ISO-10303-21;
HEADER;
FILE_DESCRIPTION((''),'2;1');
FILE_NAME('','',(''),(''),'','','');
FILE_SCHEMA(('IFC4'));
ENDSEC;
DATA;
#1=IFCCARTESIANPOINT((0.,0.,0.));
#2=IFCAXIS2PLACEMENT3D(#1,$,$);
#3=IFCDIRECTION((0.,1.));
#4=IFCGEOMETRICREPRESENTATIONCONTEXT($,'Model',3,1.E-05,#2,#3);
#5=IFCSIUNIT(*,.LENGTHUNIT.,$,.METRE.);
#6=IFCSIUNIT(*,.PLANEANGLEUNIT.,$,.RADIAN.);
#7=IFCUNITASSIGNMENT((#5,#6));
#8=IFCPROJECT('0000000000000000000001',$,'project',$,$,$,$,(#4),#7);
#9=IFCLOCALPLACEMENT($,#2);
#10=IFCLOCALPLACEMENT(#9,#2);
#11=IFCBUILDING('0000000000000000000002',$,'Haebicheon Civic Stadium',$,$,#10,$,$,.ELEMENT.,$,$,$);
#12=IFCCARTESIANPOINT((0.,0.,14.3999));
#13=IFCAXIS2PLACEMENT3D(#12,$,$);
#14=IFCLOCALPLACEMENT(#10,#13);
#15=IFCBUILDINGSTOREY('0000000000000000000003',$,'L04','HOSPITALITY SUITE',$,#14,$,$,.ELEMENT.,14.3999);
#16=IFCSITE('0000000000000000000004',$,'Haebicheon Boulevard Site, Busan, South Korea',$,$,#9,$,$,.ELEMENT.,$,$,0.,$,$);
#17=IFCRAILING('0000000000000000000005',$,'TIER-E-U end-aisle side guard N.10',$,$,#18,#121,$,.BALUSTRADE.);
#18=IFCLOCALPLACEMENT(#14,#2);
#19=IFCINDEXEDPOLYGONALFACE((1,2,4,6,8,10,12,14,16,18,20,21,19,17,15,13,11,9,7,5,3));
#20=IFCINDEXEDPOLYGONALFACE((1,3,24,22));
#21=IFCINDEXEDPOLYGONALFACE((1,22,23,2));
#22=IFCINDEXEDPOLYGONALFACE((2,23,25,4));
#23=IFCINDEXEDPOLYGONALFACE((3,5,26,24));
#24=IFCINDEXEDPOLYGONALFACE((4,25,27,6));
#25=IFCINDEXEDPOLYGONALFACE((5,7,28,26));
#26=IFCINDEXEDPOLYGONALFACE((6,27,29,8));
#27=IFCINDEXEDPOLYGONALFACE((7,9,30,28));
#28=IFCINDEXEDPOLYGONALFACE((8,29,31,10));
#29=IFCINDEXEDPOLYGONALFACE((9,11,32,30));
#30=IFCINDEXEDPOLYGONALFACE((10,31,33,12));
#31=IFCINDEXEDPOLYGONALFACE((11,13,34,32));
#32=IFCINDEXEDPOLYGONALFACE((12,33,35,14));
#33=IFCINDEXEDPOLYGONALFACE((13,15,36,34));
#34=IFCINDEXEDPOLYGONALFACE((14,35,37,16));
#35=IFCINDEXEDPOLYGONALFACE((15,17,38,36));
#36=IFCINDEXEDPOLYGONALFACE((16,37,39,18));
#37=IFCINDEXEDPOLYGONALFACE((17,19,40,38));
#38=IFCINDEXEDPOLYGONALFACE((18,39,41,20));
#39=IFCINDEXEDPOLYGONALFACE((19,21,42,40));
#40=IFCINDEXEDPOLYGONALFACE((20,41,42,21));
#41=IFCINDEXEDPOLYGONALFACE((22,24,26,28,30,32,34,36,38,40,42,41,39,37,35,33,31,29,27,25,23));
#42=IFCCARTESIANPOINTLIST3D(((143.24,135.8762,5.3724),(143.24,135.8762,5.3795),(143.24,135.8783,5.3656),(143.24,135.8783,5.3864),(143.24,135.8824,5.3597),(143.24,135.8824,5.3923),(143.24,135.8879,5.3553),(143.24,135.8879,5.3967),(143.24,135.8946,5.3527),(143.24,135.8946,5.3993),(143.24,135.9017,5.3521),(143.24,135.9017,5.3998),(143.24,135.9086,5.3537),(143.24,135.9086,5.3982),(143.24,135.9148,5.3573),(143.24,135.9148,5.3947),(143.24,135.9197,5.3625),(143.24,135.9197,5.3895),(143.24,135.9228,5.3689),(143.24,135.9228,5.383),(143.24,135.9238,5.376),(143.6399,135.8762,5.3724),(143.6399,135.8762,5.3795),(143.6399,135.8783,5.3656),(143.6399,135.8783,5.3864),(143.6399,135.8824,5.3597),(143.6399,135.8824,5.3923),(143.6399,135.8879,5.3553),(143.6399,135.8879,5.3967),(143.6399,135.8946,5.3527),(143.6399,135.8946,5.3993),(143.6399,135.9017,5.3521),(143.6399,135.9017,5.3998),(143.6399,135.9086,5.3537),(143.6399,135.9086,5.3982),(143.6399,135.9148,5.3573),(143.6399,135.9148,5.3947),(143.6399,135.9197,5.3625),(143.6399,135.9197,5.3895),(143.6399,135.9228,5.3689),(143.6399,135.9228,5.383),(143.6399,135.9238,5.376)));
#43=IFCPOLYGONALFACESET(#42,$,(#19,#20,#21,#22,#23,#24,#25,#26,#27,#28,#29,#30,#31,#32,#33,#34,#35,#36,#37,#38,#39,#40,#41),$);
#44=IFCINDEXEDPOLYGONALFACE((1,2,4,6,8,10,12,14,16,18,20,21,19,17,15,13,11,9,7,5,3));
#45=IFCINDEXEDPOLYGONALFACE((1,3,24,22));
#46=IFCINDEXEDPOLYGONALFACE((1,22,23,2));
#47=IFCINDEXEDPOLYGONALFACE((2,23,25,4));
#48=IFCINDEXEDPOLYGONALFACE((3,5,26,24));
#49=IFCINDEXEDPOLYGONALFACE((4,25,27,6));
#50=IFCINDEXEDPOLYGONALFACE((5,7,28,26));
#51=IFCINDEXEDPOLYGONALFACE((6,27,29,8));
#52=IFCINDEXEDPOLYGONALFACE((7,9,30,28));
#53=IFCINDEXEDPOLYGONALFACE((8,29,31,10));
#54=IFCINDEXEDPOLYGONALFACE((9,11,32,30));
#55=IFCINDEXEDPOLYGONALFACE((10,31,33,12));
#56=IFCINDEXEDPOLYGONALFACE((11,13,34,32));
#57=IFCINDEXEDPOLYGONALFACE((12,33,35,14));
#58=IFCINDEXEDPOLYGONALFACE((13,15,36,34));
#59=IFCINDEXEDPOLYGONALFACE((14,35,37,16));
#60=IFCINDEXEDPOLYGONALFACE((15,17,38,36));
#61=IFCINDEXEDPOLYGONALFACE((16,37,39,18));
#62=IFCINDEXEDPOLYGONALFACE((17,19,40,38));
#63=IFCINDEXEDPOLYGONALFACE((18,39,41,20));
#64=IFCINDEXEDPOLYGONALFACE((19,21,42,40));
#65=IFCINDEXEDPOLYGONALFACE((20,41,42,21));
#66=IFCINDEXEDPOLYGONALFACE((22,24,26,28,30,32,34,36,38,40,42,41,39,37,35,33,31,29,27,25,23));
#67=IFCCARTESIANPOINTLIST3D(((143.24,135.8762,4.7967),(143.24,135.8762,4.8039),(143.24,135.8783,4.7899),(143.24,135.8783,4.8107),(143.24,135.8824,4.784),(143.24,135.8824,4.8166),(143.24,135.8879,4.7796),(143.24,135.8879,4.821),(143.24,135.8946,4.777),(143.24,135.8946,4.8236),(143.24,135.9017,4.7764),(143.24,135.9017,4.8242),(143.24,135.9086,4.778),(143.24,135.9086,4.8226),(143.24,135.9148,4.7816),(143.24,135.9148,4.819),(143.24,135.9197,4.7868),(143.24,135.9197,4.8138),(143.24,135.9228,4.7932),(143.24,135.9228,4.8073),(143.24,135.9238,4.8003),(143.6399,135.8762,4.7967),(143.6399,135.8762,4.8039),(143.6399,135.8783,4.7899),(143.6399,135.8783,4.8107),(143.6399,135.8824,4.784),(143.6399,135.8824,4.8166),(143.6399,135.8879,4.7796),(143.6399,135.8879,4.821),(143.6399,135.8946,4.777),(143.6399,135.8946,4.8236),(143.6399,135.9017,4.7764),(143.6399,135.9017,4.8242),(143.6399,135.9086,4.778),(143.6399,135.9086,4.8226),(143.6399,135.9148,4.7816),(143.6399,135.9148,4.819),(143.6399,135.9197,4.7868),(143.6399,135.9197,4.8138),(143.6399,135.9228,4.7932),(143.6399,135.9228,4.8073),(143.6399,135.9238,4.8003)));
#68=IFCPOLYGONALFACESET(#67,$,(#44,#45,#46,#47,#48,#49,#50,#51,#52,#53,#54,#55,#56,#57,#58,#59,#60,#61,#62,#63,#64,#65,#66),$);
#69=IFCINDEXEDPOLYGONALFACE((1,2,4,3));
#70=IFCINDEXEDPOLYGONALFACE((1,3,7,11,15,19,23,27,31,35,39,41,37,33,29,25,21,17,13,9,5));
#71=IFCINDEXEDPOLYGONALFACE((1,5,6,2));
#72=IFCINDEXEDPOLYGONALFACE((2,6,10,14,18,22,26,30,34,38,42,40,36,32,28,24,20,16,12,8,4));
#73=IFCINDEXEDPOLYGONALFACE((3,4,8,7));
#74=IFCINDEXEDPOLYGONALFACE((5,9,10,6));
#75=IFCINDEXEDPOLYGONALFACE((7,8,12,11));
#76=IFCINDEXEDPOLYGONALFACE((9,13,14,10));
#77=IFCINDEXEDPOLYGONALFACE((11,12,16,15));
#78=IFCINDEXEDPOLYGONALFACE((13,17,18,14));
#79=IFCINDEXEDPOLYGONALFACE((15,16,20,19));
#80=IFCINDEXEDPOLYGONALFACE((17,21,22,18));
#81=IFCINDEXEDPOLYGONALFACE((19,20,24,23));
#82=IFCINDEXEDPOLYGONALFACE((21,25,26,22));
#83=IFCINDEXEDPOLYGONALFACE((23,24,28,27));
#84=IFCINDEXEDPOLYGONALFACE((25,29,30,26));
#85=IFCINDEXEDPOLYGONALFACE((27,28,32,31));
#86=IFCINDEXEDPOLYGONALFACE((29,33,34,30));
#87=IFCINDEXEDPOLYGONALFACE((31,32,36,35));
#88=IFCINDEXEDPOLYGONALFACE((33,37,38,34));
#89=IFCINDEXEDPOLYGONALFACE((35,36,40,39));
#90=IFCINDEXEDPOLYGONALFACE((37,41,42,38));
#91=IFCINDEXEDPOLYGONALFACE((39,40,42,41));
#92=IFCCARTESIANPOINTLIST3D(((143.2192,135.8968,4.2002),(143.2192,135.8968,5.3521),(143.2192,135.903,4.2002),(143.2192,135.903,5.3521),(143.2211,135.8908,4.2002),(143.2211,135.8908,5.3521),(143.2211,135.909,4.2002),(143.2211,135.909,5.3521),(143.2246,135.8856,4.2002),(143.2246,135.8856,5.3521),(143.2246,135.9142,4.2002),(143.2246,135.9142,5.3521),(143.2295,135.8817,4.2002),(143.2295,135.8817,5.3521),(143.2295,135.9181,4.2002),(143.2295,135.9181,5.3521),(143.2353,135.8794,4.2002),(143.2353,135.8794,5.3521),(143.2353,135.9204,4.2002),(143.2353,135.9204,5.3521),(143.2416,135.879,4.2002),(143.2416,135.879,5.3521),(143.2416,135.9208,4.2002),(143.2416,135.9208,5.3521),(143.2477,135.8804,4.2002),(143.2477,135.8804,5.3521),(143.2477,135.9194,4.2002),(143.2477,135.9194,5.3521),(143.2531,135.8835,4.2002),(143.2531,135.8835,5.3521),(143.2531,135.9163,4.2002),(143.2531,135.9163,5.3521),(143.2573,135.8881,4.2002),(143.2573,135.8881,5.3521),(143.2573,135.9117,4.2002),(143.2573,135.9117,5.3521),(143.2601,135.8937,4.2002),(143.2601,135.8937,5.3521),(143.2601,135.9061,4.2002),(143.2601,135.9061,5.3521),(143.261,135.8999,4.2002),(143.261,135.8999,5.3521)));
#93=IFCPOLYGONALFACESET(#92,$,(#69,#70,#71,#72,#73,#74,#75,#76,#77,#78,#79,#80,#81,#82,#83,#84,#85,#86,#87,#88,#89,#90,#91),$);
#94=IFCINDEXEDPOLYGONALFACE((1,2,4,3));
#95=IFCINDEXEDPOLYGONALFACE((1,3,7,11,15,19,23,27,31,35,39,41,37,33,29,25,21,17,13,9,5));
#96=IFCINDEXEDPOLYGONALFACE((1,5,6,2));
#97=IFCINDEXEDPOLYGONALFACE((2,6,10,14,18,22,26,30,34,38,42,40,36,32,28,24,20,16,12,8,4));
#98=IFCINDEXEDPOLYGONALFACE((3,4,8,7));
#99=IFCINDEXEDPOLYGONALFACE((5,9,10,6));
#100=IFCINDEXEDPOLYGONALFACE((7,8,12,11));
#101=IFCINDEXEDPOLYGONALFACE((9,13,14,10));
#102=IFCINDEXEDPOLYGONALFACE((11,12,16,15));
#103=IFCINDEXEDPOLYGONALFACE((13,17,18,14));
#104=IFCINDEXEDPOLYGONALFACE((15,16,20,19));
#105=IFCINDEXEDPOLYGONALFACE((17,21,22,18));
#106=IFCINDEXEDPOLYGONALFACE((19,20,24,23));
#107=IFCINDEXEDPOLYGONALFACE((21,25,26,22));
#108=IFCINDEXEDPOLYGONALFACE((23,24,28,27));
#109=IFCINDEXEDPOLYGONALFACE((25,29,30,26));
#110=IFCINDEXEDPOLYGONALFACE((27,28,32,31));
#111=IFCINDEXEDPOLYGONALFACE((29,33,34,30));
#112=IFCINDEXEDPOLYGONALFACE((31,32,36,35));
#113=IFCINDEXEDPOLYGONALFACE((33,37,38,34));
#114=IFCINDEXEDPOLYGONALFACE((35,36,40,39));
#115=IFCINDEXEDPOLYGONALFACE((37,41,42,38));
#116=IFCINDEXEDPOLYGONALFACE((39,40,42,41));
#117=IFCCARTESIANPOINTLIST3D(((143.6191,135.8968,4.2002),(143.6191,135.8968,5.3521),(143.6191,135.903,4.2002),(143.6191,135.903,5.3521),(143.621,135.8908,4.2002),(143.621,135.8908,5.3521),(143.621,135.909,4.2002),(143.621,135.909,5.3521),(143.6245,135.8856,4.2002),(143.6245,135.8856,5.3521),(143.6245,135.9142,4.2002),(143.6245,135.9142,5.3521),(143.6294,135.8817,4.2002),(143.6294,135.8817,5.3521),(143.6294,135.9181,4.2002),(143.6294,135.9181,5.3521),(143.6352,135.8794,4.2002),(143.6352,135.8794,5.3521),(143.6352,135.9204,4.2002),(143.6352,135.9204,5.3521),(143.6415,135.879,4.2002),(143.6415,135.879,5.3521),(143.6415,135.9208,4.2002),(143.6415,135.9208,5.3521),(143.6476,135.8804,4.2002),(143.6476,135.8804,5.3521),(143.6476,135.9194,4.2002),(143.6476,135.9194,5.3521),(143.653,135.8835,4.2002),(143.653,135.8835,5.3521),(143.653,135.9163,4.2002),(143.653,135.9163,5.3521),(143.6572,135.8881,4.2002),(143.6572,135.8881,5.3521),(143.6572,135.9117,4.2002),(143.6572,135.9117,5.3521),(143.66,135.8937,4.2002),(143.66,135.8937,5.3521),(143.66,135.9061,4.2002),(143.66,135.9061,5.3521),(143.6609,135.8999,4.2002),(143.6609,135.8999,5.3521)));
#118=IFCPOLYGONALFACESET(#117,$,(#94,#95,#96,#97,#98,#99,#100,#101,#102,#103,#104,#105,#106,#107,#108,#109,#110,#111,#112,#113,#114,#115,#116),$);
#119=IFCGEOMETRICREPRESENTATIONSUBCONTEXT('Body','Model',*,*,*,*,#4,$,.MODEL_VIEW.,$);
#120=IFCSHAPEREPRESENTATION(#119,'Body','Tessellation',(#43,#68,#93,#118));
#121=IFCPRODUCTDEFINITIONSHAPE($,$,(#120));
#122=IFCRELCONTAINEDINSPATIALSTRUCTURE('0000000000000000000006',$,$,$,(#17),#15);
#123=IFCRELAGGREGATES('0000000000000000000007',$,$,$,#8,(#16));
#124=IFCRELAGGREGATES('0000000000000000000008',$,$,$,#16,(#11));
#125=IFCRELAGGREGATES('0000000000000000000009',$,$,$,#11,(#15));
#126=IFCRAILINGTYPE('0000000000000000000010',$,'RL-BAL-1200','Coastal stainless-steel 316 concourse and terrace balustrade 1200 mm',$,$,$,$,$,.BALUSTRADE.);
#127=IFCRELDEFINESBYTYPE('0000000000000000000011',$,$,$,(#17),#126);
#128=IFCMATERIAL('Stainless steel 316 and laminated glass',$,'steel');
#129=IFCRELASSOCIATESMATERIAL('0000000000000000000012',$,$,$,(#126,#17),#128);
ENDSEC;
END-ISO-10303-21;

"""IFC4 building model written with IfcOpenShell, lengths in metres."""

from ifc_helpers import new_model, si_unit, direction, frame, origin, origin_2d, place, context, subcontext, project, spatial, circle, extrude, material, type_object, element, save


model = new_model("IFC4")

# Units and contexts
model_context = context("Model", 3, precision=1e-05, world=origin(), true_north=direction((0.0, 1.0)))
body_context = subcontext(model_context, "Body", "Model", "MODEL_VIEW")
ifc_project = project(units=[si_unit("LENGTHUNIT", "METRE"), si_unit("PLANEANGLEUNIT", "RADIAN")], contexts=[model_context])

# Site, building, storey
site_placement = place(None, origin())
site = spatial("IfcSite", under=ifc_project, at=site_placement, Name="Haebicheon Boulevard Site, Busan, South Korea", CompositionType="ELEMENT", RefElevation=0.0)
building_placement = place(site_placement, origin())
building = spatial("IfcBuilding", under=site, at=building_placement, Name="Haebicheon Civic Stadium", CompositionType="ELEMENT")
storey_placement = place(building_placement, frame((0.0, 0.0, 14.3999)))
storey = spatial("IfcBuildingStorey", under=building, at=storey_placement, Name="L04", Description="HOSPITALITY SUITE", CompositionType="ELEMENT", Elevation=14.3999)

# Railing
ifc_material_1 = material(Name="Stainless steel 316 and laminated glass", Category="steel")
railing_type = type_object("IfcRailingType", Name="RL-BAL-1200", Description="Coastal stainless-steel 316 concourse and terrace balustrade 1200 mm", PredefinedType="BALUSTRADE", material=ifc_material_1)
railing_1_placement = place(storey_placement, frame((143.24, 135.8999, 4.2002)))
element("IfcRailing", 1, at=railing_1_placement, inside=storey, type_object=railing_type, material=ifc_material_1, Name="TIER-E-U end-aisle side guard N.10", PredefinedType="BALUSTRADE", context=body_context, shape_type="SweptSolid", body=[
    extrude(circle(Radius=0.0239, at=origin_2d()), frame((0.0, 0.0, 1.1758), z_axis=(1.0, 0.0, 0.0), x_axis=(0.0, 1.0, 0.0)), (0.0, 0.0, 1.0), 0.3999),
    extrude(circle(Radius=0.0239, at=origin_2d()), frame((0.0, 0.0, 0.6001), z_axis=(1.0, 0.0, 0.0), x_axis=(0.0, 1.0, 0.0)), (0.0, 0.0, 1.0), 0.3999),
    extrude(circle(Radius=0.021, at=origin_2d()), origin(), (0.0, 0.0, 1.0), 1.1519),
    extrude(circle(Radius=0.021, at=origin_2d()), frame((0.3999, 0.0, 0.0)), (0.0, 0.0, 1.0), 1.1519),
])

save(model, "model.ifc")
